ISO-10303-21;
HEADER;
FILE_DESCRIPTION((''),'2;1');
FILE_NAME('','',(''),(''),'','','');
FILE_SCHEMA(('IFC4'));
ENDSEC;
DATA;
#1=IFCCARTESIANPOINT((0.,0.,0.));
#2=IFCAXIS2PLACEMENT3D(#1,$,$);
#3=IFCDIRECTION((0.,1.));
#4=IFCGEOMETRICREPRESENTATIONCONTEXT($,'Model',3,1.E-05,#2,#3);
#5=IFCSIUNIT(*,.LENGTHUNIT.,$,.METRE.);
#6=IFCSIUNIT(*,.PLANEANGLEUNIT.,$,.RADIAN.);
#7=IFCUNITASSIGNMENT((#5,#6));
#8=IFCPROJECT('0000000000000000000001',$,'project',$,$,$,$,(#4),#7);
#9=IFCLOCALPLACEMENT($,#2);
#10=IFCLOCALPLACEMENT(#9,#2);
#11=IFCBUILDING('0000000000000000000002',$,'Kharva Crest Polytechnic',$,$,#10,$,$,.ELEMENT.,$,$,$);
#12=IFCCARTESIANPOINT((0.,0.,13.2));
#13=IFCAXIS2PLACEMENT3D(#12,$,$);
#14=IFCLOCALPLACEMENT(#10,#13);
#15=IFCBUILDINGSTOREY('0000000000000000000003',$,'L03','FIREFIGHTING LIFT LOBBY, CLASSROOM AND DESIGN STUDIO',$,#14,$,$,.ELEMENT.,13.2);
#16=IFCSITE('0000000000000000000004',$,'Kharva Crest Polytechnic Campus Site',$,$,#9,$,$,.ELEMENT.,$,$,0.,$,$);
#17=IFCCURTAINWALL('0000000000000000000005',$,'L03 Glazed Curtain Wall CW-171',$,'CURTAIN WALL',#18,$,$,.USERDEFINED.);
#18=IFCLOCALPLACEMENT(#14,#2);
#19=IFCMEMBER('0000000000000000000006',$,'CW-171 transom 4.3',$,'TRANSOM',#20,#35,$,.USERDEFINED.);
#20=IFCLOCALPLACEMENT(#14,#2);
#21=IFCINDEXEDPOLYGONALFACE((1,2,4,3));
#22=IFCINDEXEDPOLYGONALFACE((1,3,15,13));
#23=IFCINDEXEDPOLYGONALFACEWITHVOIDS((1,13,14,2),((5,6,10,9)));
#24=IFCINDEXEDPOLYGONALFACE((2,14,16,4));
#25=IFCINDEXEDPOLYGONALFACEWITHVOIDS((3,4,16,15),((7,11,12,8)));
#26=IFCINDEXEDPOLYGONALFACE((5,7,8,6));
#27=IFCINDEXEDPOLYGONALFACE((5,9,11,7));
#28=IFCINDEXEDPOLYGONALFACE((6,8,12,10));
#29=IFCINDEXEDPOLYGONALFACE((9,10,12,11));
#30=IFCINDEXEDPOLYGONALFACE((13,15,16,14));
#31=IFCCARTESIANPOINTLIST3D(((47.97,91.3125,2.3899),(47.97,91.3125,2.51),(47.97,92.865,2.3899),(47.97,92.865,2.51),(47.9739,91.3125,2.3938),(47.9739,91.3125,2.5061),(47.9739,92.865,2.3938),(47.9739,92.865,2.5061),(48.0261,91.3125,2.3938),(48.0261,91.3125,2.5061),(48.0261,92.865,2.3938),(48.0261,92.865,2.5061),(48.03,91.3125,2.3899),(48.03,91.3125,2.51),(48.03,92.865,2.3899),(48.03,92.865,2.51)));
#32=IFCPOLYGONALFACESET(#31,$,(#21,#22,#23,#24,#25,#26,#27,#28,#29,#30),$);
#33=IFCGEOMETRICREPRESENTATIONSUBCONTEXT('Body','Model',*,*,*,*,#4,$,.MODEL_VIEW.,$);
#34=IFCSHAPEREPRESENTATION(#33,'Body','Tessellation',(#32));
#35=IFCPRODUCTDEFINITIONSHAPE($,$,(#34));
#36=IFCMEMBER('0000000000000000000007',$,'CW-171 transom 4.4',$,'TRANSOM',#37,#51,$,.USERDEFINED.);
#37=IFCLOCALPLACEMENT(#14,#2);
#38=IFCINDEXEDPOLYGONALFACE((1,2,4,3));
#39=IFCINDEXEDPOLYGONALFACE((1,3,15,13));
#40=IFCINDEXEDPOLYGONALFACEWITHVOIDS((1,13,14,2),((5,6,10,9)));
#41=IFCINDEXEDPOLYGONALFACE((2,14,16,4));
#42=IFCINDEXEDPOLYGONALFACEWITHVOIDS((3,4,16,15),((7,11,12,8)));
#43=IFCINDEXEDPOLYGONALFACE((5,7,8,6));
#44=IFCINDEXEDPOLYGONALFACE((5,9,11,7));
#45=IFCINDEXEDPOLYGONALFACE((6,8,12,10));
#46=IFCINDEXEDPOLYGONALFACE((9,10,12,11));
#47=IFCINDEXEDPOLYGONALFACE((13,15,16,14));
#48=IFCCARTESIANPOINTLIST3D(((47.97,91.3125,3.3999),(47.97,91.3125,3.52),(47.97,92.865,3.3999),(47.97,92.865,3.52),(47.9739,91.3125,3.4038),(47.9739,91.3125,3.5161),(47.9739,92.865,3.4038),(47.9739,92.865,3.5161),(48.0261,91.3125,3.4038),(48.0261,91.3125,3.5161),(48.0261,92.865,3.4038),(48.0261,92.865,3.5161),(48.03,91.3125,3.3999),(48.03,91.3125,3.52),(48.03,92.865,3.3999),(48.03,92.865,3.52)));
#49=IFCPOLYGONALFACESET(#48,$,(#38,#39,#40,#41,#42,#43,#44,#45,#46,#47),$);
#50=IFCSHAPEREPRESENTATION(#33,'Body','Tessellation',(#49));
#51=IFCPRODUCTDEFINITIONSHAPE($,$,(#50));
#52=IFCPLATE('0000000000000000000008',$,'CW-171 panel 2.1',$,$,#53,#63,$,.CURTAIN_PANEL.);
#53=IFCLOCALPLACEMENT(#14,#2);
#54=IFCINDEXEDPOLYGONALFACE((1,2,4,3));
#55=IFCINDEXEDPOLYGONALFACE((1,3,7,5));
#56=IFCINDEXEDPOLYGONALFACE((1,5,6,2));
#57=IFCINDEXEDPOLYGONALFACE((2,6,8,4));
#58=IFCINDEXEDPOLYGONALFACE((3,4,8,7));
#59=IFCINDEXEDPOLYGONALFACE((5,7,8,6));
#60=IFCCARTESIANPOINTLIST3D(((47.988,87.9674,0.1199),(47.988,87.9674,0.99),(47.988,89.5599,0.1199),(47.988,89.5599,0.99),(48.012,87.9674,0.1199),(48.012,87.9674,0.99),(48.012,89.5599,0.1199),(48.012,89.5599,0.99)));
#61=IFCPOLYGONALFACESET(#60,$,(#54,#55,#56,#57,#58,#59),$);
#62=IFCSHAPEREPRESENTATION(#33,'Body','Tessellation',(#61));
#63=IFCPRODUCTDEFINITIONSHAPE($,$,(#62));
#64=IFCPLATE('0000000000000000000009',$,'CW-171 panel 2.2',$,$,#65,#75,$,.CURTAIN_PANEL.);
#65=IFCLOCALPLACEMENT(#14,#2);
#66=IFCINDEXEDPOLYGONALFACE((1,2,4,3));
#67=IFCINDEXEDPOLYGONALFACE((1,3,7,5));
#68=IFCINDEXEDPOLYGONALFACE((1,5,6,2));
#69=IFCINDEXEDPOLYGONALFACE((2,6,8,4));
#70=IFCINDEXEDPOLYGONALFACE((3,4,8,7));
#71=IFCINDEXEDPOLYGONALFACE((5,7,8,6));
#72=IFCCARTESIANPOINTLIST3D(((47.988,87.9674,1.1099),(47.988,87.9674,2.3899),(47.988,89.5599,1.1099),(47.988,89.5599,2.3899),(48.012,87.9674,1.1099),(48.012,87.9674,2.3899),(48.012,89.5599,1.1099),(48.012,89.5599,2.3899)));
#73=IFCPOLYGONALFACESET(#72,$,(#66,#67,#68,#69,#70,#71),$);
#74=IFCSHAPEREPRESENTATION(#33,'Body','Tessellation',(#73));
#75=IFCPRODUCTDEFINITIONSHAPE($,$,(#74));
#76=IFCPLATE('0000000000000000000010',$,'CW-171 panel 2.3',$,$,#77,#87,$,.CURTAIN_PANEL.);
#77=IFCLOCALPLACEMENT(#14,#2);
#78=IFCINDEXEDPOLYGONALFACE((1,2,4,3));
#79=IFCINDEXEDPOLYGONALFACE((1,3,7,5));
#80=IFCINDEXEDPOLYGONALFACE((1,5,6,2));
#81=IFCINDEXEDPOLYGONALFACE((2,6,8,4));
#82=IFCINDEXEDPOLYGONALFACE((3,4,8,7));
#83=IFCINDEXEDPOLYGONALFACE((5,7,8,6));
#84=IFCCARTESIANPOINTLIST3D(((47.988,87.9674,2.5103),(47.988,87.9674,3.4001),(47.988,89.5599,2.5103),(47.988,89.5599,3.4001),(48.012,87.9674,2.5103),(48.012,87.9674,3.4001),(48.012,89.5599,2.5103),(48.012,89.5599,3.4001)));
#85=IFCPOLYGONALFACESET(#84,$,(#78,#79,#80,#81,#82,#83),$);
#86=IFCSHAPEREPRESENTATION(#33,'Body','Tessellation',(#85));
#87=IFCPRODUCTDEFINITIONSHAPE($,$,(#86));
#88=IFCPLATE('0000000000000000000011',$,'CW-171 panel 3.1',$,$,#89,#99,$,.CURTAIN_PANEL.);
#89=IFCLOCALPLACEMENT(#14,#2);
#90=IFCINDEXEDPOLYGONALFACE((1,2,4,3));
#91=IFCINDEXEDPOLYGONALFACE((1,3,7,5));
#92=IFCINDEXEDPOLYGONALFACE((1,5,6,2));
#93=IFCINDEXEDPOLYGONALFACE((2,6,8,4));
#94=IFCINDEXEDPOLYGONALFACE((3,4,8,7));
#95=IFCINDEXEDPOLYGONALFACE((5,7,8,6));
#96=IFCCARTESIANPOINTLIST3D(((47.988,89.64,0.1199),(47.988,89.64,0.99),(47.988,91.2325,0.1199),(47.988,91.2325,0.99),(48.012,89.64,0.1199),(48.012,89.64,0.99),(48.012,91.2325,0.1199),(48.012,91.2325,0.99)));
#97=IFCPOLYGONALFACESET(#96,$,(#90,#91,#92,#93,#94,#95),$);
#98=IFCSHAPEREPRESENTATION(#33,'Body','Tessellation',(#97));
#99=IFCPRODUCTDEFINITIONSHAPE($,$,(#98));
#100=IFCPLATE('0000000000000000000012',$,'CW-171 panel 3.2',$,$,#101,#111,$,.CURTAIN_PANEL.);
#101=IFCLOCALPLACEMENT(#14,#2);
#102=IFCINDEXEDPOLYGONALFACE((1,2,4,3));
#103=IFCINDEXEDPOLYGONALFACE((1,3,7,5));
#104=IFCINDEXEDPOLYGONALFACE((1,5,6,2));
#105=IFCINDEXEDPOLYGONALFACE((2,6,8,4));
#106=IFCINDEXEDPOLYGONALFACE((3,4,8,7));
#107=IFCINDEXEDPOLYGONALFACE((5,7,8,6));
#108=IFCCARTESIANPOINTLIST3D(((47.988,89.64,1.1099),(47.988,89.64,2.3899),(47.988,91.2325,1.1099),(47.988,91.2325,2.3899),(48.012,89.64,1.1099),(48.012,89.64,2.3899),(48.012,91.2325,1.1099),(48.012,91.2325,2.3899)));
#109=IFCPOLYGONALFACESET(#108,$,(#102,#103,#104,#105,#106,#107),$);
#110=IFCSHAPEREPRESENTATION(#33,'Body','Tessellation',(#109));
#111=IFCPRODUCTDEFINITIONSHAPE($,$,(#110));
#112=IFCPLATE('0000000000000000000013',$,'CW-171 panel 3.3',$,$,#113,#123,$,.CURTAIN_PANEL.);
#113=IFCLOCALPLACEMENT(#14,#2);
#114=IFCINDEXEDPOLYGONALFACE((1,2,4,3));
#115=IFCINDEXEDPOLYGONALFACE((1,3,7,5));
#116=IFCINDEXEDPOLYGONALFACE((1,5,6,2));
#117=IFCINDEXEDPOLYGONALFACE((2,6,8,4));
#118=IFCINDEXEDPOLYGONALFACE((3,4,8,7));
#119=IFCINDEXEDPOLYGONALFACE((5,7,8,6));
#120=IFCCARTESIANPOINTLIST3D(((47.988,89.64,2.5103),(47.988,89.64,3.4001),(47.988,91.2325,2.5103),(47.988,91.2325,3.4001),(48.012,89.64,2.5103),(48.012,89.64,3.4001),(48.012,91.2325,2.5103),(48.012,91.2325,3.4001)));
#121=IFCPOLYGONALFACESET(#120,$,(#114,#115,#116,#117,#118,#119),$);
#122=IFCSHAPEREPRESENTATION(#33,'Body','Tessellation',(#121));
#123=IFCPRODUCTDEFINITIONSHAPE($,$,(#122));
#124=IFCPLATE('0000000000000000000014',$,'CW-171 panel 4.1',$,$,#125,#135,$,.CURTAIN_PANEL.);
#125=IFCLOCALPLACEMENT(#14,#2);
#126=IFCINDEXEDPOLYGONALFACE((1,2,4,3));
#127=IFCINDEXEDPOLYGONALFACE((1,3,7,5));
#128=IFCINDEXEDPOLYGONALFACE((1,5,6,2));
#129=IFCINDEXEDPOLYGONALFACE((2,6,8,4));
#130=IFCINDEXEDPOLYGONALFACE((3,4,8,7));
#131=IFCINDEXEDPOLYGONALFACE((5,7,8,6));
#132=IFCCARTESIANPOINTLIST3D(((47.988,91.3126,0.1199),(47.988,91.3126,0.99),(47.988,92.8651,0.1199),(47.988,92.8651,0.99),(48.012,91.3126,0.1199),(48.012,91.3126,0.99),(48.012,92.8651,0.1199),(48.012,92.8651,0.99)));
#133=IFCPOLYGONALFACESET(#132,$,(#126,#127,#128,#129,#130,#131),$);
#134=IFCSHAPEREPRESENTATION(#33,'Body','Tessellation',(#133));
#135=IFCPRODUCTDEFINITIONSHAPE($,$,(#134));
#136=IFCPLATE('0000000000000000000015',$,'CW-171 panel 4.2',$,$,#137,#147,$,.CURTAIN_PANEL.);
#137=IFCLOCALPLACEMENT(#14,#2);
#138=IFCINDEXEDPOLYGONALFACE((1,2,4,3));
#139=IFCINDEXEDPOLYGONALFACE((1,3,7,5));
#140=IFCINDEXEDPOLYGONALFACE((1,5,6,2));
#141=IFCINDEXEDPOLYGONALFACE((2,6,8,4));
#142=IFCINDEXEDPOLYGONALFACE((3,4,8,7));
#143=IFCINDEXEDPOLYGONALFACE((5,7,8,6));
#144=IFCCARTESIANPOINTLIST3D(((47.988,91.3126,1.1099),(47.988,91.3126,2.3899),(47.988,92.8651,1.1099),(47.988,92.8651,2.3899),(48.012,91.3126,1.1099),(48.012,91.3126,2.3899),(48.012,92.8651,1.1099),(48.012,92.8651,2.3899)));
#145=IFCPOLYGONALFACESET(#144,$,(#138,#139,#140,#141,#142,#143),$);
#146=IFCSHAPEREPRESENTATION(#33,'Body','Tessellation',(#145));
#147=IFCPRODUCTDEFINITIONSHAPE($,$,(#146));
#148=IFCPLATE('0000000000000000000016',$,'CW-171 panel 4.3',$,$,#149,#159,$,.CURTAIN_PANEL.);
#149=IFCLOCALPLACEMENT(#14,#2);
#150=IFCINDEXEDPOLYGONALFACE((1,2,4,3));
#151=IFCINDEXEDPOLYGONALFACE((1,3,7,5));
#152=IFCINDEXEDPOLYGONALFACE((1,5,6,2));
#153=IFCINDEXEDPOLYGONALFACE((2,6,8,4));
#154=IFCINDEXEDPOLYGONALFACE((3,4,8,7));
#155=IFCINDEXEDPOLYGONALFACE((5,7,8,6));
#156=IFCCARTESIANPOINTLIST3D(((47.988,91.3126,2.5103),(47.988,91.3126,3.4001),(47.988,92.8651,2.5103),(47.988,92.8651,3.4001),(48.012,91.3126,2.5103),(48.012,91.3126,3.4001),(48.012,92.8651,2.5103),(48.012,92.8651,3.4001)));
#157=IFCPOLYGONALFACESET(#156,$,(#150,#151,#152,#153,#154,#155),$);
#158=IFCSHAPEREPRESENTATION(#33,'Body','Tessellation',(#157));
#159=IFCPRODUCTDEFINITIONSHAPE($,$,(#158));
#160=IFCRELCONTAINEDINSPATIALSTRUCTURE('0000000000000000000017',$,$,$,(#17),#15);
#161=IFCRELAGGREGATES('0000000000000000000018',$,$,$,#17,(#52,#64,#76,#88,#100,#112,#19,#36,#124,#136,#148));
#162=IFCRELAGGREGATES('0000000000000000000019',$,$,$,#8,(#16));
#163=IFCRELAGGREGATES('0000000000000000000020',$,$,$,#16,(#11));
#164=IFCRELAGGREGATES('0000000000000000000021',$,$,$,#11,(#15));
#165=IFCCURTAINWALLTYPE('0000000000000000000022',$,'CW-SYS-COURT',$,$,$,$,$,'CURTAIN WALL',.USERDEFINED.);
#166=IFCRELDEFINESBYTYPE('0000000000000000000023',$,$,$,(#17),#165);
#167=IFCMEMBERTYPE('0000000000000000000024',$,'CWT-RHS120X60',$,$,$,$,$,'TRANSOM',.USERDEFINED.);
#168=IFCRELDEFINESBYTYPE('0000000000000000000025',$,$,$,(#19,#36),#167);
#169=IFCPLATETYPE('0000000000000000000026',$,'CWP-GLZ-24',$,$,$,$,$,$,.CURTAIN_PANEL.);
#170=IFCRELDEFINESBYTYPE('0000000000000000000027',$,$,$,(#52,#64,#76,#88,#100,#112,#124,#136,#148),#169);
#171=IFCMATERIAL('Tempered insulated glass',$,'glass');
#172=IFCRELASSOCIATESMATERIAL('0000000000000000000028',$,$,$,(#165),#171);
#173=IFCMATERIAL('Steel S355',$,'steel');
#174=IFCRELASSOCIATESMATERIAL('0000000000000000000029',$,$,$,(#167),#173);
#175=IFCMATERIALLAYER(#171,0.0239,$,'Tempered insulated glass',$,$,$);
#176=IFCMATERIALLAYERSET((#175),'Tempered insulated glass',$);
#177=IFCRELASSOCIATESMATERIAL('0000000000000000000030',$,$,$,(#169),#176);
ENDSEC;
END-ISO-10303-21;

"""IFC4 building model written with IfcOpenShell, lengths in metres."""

from ifc_helpers import new_model, si_unit, direction, frame, origin, origin_2d, place, context, subcontext, project, spatial, rectangle, hollow_rectangle, extrude, material, layer, layer_set, material_profile, profile_set, type_object, element, aggregate, save


model = new_model("IFC4")

# Units and contexts
model_context = context("Model", 3, precision=1e-05, world=origin(), true_north=direction((0.0, 1.0)))
body_context = subcontext(model_context, "Body", "Model", "MODEL_VIEW")
ifc_project = project(units=[si_unit("LENGTHUNIT", "METRE"), si_unit("PLANEANGLEUNIT", "RADIAN")], contexts=[model_context])

# Site, building, storey
site_placement = place(None, origin())
site = spatial("IfcSite", under=ifc_project, at=site_placement, Name="Kharva Crest Polytechnic Campus Site", CompositionType="ELEMENT", RefElevation=0.0)
building_placement = place(site_placement, origin())
building = spatial("IfcBuilding", under=site, at=building_placement, Name="Kharva Crest Polytechnic", CompositionType="ELEMENT")
storey_placement = place(building_placement, frame((0.0, 0.0, 13.2)))
storey = spatial("IfcBuildingStorey", under=building, at=storey_placement, Name="L03", Description="FIREFIGHTING LIFT LOBBY, CLASSROOM AND DESIGN STUDIO", CompositionType="ELEMENT", Elevation=13.2)

# Curtain wall, members, plates
ifc_material_1 = material(Name="Tempered insulated glass", Category="glass")
curtain_wall_type = type_object("IfcCurtainWallType", Name="CW-SYS-COURT", ElementType="CURTAIN WALL", PredefinedType="USERDEFINED", material=ifc_material_1)
curtain_wall_placement = place(storey_placement, origin())
curtain_wall = element("IfcCurtainWall", 1, at=curtain_wall_placement, inside=storey, type_object=curtain_wall_type, Name="L03 Glazed Curtain Wall CW-171", ObjectType="CURTAIN WALL", PredefinedType="USERDEFINED")
ifc_material_2 = material(Name="Steel S355", Category="steel")
ifc_material_profile_1 = material_profile(ifc_material_2, hollow_rectangle(XDim=0.0601, YDim=0.1201, WallThickness=0.0039, at=origin_2d()), Name="RHS 120X60X4.0")
ifc_profile_set_1 = profile_set([ifc_material_profile_1], Name="Steel S355")
member_type_1 = type_object("IfcMemberType", Name="CWT-RHS120X60", ElementType="TRANSOM", PredefinedType="USERDEFINED", material=ifc_profile_set_1)
member_1_placement = place(storey_placement, frame((48.0, 91.3125, 2.45), z_axis=(0.0, 1.0, 0.0), x_axis=(-1.0, 0.0, 0.0)))
member_1 = element("IfcMember", 2, at=member_1_placement, type_object=member_type_1, Name="CW-171 transom 4.3", ObjectType="TRANSOM", PredefinedType="USERDEFINED", context=body_context, shape_type="SweptSolid", body=[
    extrude(hollow_rectangle(XDim=0.0601, YDim=0.1201, WallThickness=0.0039, at=origin_2d()), origin(), (0.0, 0.0, 1.0), 1.5525),
])
member_2_placement = place(storey_placement, frame((48.0, 91.3125, 3.46), z_axis=(0.0, 1.0, 0.0), x_axis=(-1.0, 0.0, 0.0)))
member_2 = element("IfcMember", 3, at=member_2_placement, type_object=member_type_1, Name="CW-171 transom 4.4", ObjectType="TRANSOM", PredefinedType="USERDEFINED", context=body_context, shape_type="SweptSolid", body=[
    extrude(hollow_rectangle(XDim=0.0601, YDim=0.1201, WallThickness=0.0039, at=origin_2d()), origin(), (0.0, 0.0, 1.0), 1.5525),
])
ifc_layer = layer(ifc_material_1, 0.0239, Name="Tempered insulated glass")
ifc_layer_set = layer_set([ifc_layer], Name="Tempered insulated glass")
plate_type = type_object("IfcPlateType", Name="CWP-GLZ-24", PredefinedType="CURTAIN_PANEL", material=ifc_layer_set)
plate_1_placement = place(storey_placement, frame((48.0, 88.7637, 0.1199), z_axis=(0.0, 0.0, 1.0), x_axis=(0.0, 1.0, 0.0)))
plate_1 = element("IfcPlate", 4, at=plate_1_placement, type_object=plate_type, Name="CW-171 panel 2.1", PredefinedType="CURTAIN_PANEL", context=body_context, shape_type="SweptSolid", body=[
    extrude(rectangle(XDim=1.5925, YDim=0.0239, at=origin_2d()), origin(), (0.0, 0.0, 1.0), 0.8701),
])
plate_2_placement = place(storey_placement, frame((48.0, 88.7637, 1.1099), z_axis=(0.0, 0.0, 1.0), x_axis=(0.0, 1.0, 0.0)))
plate_2 = element("IfcPlate", 5, at=plate_2_placement, type_object=plate_type, Name="CW-171 panel 2.2", PredefinedType="CURTAIN_PANEL", context=body_context, shape_type="SweptSolid", body=[
    extrude(rectangle(XDim=1.5925, YDim=0.0239, at=origin_2d()), origin(), (0.0, 0.0, 1.0), 1.28),
])
plate_3_placement = place(storey_placement, frame((48.0, 88.7637, 2.5103), z_axis=(0.0, 0.0, 1.0), x_axis=(0.0, 1.0, 0.0)))
plate_3 = element("IfcPlate", 6, at=plate_3_placement, type_object=plate_type, Name="CW-171 panel 2.3", PredefinedType="CURTAIN_PANEL", context=body_context, shape_type="SweptSolid", body=[
    extrude(rectangle(XDim=1.5925, YDim=0.0239, at=origin_2d()), origin(), (0.0, 0.0, 1.0), 0.8899),
])
plate_4_placement = place(storey_placement, frame((48.0, 90.4363, 0.1199), z_axis=(0.0, 0.0, 1.0), x_axis=(0.0, 1.0, 0.0)))
plate_4 = element("IfcPlate", 7, at=plate_4_placement, type_object=plate_type, Name="CW-171 panel 3.1", PredefinedType="CURTAIN_PANEL", context=body_context, shape_type="SweptSolid", body=[
    extrude(rectangle(XDim=1.5925, YDim=0.0239, at=origin_2d()), origin(), (0.0, 0.0, 1.0), 0.8701),
])
plate_5_placement = place(storey_placement, frame((48.0, 90.4363, 1.1099), z_axis=(0.0, 0.0, 1.0), x_axis=(0.0, 1.0, 0.0)))
plate_5 = element("IfcPlate", 8, at=plate_5_placement, type_object=plate_type, Name="CW-171 panel 3.2", PredefinedType="CURTAIN_PANEL", context=body_context, shape_type="SweptSolid", body=[
    extrude(rectangle(XDim=1.5925, YDim=0.0239, at=origin_2d()), origin(), (0.0, 0.0, 1.0), 1.28),
])
plate_6_placement = place(storey_placement, frame((48.0, 90.4363, 2.5103), z_axis=(0.0, 0.0, 1.0), x_axis=(0.0, 1.0, 0.0)))
plate_6 = element("IfcPlate", 9, at=plate_6_placement, type_object=plate_type, Name="CW-171 panel 3.3", PredefinedType="CURTAIN_PANEL", context=body_context, shape_type="SweptSolid", body=[
    extrude(rectangle(XDim=1.5925, YDim=0.0239, at=origin_2d()), origin(), (0.0, 0.0, 1.0), 0.8899),
])
plate_7_placement = place(storey_placement, frame((48.0, 92.0889, 0.1199), z_axis=(0.0, 0.0, 1.0), x_axis=(0.0, 1.0, 0.0)))
plate_7 = element("IfcPlate", 10, at=plate_7_placement, type_object=plate_type, Name="CW-171 panel 4.1", PredefinedType="CURTAIN_PANEL", context=body_context, shape_type="SweptSolid", body=[
    extrude(rectangle(XDim=1.5525, YDim=0.0239, at=origin_2d()), origin(), (0.0, 0.0, 1.0), 0.8701),
])
plate_8_placement = place(storey_placement, frame((48.0, 92.0889, 1.1099), z_axis=(0.0, 0.0, 1.0), x_axis=(0.0, 1.0, 0.0)))
plate_8 = element("IfcPlate", 11, at=plate_8_placement, type_object=plate_type, Name="CW-171 panel 4.2", PredefinedType="CURTAIN_PANEL", context=body_context, shape_type="SweptSolid", body=[
    extrude(rectangle(XDim=1.5525, YDim=0.0239, at=origin_2d()), origin(), (0.0, 0.0, 1.0), 1.28),
])
plate_9_placement = place(storey_placement, frame((48.0, 92.0889, 2.5103), z_axis=(0.0, 0.0, 1.0), x_axis=(0.0, 1.0, 0.0)))
plate_9 = element("IfcPlate", 12, at=plate_9_placement, type_object=plate_type, Name="CW-171 panel 4.3", PredefinedType="CURTAIN_PANEL", context=body_context, shape_type="SweptSolid", body=[
    extrude(rectangle(XDim=1.5525, YDim=0.0239, at=origin_2d()), origin(), (0.0, 0.0, 1.0), 0.8899),
])
aggregate(curtain_wall, [plate_1, plate_2, plate_3, plate_4, plate_5, plate_6, member_1, member_2, plate_7, plate_8, plate_9])

save(model, "model.ifc")
